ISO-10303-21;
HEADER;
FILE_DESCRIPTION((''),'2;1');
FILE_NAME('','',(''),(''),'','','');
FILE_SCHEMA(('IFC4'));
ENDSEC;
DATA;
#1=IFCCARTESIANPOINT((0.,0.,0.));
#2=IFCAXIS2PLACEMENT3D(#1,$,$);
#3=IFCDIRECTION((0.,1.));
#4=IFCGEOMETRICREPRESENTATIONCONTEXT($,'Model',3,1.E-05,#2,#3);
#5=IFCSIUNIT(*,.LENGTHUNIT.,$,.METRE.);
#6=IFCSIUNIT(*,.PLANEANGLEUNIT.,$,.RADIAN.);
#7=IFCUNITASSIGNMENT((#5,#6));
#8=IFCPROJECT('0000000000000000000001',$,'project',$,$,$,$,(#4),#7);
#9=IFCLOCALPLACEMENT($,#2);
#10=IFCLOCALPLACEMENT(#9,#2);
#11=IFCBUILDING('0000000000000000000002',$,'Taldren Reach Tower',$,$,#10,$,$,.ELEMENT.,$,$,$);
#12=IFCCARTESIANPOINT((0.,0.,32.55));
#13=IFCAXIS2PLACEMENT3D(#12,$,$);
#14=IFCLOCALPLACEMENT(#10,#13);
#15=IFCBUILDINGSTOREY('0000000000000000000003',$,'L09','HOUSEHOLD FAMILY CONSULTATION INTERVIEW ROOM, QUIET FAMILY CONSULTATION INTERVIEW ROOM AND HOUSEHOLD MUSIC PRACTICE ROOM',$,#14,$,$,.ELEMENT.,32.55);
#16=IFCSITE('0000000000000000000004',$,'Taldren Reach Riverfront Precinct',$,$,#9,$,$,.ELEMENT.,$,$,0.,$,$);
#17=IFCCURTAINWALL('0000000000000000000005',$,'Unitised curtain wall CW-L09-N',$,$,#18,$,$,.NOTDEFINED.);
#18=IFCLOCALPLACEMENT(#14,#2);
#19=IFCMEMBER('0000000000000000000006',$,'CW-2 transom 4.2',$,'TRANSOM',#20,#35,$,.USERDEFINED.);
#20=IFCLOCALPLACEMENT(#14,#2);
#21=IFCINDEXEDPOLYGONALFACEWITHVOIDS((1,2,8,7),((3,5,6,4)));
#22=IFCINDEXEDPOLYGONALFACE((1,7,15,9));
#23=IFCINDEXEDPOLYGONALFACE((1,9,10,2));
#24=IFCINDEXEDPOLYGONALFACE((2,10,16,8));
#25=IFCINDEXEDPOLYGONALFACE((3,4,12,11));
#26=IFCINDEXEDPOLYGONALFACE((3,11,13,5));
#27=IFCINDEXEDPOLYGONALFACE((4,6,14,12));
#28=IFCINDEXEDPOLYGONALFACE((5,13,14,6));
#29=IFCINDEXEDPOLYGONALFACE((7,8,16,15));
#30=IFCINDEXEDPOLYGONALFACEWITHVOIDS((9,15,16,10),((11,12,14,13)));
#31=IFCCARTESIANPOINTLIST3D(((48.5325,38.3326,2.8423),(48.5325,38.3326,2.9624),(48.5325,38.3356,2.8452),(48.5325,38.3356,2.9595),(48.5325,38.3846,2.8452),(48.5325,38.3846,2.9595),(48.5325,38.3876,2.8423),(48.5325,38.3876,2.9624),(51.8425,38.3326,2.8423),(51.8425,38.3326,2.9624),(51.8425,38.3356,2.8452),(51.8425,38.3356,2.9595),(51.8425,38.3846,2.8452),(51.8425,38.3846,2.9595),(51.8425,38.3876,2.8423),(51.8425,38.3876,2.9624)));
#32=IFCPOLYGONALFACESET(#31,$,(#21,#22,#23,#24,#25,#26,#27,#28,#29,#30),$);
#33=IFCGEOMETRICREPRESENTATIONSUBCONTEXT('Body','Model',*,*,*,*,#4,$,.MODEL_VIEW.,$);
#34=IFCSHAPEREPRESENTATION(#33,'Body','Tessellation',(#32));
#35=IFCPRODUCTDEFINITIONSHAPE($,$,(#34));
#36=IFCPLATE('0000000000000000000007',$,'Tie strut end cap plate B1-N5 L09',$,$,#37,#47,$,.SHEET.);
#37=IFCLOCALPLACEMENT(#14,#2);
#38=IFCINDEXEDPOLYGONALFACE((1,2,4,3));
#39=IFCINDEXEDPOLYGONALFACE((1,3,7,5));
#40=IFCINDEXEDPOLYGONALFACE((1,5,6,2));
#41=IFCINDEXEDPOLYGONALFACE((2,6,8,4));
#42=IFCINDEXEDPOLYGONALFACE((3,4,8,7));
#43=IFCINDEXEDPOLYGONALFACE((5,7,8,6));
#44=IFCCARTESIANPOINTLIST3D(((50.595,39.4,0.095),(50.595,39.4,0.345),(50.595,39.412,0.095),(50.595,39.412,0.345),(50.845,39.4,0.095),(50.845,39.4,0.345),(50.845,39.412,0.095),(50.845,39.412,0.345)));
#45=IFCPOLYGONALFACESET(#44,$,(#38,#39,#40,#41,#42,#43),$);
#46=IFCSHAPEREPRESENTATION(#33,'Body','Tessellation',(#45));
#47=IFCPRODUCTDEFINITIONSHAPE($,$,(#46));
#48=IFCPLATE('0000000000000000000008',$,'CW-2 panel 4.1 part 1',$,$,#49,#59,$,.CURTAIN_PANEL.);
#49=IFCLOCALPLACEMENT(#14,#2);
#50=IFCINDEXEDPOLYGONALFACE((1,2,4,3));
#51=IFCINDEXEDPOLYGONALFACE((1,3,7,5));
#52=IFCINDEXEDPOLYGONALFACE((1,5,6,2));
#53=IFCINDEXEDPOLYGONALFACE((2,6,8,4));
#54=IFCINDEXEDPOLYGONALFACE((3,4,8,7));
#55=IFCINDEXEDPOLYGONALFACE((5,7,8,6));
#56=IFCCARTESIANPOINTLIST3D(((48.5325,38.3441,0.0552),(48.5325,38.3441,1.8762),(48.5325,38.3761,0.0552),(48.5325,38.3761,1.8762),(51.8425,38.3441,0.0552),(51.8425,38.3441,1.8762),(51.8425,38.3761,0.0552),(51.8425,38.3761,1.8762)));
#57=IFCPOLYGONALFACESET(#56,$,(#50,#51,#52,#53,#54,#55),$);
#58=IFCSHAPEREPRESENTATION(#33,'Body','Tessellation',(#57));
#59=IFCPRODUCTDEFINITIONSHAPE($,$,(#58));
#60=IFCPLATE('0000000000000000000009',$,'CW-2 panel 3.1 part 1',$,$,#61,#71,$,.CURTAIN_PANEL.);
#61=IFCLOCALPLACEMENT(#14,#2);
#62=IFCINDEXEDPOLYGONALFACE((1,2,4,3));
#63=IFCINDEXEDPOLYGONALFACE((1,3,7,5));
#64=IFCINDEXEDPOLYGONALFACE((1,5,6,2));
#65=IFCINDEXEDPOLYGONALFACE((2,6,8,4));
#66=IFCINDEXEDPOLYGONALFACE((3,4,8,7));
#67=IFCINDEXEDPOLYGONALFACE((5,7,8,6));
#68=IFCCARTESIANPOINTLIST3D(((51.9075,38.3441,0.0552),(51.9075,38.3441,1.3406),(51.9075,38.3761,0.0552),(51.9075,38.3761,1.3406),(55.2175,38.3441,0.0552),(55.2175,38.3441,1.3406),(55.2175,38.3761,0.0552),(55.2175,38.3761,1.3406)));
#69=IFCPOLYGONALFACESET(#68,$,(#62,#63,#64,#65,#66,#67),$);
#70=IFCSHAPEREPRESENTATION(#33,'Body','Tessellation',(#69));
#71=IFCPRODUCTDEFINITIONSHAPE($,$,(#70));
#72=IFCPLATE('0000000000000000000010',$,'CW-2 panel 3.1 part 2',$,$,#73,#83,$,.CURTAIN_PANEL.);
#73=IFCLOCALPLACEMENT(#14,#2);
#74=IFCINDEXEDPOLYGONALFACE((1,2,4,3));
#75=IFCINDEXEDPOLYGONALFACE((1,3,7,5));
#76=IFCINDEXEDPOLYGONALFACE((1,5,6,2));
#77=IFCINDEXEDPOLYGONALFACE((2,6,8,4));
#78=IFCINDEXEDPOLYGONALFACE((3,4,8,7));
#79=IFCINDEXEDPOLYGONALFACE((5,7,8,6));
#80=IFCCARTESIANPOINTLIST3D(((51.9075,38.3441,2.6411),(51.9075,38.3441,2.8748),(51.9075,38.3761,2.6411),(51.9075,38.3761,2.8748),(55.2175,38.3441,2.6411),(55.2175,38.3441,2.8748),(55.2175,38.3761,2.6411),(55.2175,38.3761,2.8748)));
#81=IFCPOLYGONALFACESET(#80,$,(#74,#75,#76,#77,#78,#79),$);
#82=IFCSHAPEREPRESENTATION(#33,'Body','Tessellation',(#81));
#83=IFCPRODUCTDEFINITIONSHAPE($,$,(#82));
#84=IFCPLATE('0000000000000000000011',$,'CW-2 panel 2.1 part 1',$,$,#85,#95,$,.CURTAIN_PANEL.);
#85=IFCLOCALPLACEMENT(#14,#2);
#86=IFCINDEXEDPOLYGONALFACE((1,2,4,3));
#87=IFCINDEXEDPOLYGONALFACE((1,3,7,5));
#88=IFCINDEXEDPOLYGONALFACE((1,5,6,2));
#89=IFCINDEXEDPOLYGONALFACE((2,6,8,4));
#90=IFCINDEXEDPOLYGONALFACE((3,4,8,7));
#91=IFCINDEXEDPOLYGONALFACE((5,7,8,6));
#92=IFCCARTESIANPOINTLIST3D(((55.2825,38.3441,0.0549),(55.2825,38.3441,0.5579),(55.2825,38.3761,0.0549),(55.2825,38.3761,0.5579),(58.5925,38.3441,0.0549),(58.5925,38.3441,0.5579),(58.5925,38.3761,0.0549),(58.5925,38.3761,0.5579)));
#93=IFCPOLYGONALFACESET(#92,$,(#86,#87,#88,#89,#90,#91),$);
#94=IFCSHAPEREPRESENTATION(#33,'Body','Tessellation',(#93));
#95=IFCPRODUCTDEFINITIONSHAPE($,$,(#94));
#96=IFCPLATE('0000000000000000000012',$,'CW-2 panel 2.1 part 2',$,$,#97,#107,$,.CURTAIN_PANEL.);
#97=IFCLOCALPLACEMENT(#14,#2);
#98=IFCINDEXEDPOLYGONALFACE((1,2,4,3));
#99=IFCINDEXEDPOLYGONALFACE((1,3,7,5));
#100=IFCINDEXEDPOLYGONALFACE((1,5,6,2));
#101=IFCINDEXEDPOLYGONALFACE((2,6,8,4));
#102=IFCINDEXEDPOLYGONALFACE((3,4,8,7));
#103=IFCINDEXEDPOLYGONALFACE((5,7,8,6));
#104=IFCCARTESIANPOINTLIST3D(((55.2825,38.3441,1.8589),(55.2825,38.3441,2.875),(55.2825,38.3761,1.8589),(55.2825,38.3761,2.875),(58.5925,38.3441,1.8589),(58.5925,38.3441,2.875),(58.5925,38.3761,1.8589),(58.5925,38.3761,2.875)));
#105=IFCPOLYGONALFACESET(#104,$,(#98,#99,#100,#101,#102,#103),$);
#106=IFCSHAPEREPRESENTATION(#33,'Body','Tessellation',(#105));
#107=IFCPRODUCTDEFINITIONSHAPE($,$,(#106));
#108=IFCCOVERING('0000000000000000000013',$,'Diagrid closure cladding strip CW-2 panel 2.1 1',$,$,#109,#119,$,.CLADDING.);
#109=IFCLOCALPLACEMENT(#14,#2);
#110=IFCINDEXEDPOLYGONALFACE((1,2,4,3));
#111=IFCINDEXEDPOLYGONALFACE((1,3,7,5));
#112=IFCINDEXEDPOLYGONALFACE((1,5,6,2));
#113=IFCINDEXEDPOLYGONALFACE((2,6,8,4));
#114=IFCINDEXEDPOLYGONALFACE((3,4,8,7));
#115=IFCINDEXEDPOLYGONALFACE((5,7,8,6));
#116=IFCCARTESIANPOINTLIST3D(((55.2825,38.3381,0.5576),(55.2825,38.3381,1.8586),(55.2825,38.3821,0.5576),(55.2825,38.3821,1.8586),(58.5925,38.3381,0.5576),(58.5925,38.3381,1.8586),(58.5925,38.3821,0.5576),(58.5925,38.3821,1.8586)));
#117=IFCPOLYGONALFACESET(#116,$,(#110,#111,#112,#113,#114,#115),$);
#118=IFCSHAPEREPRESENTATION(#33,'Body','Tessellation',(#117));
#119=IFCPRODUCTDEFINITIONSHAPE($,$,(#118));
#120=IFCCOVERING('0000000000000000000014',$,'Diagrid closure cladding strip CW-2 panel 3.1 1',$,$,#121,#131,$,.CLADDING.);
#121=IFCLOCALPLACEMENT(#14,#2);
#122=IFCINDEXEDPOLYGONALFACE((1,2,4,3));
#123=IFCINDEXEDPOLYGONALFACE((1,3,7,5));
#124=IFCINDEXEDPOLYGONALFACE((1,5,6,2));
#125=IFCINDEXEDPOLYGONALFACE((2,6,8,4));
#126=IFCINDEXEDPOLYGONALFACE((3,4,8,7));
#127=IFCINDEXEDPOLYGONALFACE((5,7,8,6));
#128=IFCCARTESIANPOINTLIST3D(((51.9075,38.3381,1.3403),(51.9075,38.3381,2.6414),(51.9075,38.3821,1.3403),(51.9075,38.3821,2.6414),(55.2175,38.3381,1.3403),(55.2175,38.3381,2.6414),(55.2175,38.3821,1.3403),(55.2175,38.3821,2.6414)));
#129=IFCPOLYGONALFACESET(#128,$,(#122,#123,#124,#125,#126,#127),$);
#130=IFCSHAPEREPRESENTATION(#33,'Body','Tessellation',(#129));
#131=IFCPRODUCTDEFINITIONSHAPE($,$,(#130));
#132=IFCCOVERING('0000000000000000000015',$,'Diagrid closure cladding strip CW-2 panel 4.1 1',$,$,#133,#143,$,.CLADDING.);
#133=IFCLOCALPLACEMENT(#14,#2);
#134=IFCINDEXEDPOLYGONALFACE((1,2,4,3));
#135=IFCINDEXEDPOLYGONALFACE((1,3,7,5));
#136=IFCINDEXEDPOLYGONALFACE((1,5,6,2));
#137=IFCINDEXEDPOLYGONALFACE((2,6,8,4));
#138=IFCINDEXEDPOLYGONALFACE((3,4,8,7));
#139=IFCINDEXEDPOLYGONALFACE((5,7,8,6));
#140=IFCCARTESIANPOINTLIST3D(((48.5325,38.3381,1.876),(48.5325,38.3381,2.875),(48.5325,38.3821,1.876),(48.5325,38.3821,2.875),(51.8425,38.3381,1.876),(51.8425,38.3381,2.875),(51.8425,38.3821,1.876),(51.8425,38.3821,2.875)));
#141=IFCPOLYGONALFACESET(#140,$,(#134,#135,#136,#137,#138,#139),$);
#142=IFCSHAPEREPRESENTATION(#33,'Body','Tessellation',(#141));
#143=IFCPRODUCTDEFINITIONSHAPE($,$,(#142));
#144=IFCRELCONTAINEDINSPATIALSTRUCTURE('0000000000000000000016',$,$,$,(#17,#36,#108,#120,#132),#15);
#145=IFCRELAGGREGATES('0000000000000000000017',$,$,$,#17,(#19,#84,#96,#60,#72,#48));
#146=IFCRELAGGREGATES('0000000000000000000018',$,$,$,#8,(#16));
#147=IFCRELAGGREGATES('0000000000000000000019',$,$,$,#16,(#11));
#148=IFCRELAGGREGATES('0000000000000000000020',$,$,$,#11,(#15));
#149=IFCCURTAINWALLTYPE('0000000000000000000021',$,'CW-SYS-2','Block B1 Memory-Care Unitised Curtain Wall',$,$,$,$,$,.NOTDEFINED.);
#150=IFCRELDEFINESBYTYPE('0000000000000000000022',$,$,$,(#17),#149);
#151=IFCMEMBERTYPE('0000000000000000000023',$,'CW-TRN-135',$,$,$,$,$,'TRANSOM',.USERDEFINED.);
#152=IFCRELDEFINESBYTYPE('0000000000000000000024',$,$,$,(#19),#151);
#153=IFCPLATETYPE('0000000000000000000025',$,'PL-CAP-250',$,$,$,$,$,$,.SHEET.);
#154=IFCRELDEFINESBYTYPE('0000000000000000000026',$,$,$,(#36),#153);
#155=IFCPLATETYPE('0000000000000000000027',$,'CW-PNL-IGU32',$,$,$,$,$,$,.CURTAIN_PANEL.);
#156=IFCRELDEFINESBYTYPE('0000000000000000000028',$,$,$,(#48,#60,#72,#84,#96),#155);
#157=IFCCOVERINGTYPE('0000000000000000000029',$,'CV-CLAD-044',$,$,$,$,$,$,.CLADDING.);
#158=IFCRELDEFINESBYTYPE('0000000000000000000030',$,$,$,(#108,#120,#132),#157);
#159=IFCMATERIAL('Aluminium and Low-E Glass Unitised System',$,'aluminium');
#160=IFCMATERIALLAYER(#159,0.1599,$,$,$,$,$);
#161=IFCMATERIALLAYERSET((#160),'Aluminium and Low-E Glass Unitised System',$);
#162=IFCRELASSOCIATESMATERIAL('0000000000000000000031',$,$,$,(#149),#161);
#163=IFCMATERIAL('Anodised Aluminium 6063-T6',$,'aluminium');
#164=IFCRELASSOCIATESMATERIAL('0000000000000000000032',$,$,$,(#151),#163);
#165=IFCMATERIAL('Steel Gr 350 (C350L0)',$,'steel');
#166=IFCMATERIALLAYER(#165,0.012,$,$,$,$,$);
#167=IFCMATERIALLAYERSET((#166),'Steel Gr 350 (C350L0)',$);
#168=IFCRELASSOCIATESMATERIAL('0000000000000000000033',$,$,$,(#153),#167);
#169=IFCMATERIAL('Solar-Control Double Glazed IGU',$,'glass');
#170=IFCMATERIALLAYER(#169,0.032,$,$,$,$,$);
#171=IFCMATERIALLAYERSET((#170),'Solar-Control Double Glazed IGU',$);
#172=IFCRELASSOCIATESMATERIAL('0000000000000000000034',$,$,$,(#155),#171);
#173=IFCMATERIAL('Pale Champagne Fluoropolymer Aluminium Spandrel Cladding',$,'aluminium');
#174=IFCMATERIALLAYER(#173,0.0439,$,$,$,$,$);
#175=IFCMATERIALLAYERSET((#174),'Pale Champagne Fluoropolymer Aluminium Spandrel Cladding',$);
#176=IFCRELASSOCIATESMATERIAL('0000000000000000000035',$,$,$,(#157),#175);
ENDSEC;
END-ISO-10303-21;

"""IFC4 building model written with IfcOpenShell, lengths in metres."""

from ifc_helpers import new_model, si_unit, direction, frame, origin, origin_2d, place, context, subcontext, project, spatial, rectangle, hollow_rectangle, extrude, source, transform, mapped, material, layer, layer_set, material_profile, profile_set, type_object, element, aggregate, save


model = new_model("IFC4")

# Units and contexts
model_context = context("Model", 3, precision=1e-05, world=origin(), true_north=direction((0.0, 1.0)))
body_context = subcontext(model_context, "Body", "Model", "MODEL_VIEW")
ifc_project = project(units=[si_unit("LENGTHUNIT", "METRE"), si_unit("PLANEANGLEUNIT", "RADIAN")], contexts=[model_context])

# Site, building, storey
site_placement = place(None, origin())
site = spatial("IfcSite", under=ifc_project, at=site_placement, Name="Taldren Reach Riverfront Precinct", CompositionType="ELEMENT", RefElevation=0.0)
building_placement = place(site_placement, origin())
building = spatial("IfcBuilding", under=site, at=building_placement, Name="Taldren Reach Tower", CompositionType="ELEMENT")
storey_placement = place(building_placement, frame((0.0, 0.0, 32.55)))
storey = spatial("IfcBuildingStorey", under=building, at=storey_placement, Name="L09", Description="HOUSEHOLD FAMILY CONSULTATION INTERVIEW ROOM, QUIET FAMILY CONSULTATION INTERVIEW ROOM AND HOUSEHOLD MUSIC PRACTICE ROOM", CompositionType="ELEMENT", Elevation=32.55)

# Shared definitions
ifc_material_1 = material(Name="Steel Gr 350 (C350L0)", Category="steel")

# Curtain wall, member
ifc_material_2 = material(Name="Aluminium and Low-E Glass Unitised System", Category="aluminium")
ifc_layer_1 = layer(ifc_material_2, 0.1599)
ifc_layer_set_1 = layer_set([ifc_layer_1], Name="Aluminium and Low-E Glass Unitised System")
curtain_wall_type = type_object("IfcCurtainWallType", Name="CW-SYS-2", Description="Block B1 Memory-Care Unitised Curtain Wall", PredefinedType="NOTDEFINED", material=ifc_layer_set_1)
curtain_wall_placement = place(storey_placement, origin())
curtain_wall = element("IfcCurtainWall", 1, at=curtain_wall_placement, inside=storey, type_object=curtain_wall_type, Name="Unitised curtain wall CW-L09-N", PredefinedType="NOTDEFINED")
ifc_material_3 = material(Name="Anodised Aluminium 6063-T6", Category="aluminium")
ifc_material_profile_1 = material_profile(ifc_material_3, hollow_rectangle(XDim=0.0549, YDim=0.1201, WallThickness=0.0029, at=origin_2d()), Name="ALU-120x55x3RHS")
ifc_profile_set_1 = profile_set([ifc_material_profile_1], Name="Anodised Aluminium 6063-T6")
member_type_1 = type_object("IfcMemberType", Name="CW-TRN-135", ElementType="TRANSOM", PredefinedType="USERDEFINED", material=ifc_profile_set_1)
shared_shape_1 = source(origin(), body_context, "Body", "SweptSolid", [
    extrude(hollow_rectangle(XDim=0.0549, YDim=0.1201, WallThickness=0.0029, at=origin_2d()), origin(), (0.0, 0.0, 1.0), 3.3101),
])
member_1_placement = place(storey_placement, frame((51.8425, 38.3601, 2.9023), z_axis=(-1.0, 0.0, 0.0), x_axis=(0.0, -1.0, 0.0)))
member_1 = element("IfcMember", 2, at=member_1_placement, type_object=member_type_1, Name="CW-2 transom 4.2", ObjectType="TRANSOM", PredefinedType="USERDEFINED", context=body_context, shape_type="MappedRepresentation", body=[
    mapped(shared_shape_1, transform((0.0, 0.0, 0.0), scale=1.0)),
])

# Plates
ifc_layer_2 = layer(ifc_material_1, 0.012)
ifc_layer_set_2 = layer_set([ifc_layer_2], Name="Steel Gr 350 (C350L0)")
plate_type_1 = type_object("IfcPlateType", Name="PL-CAP-250", PredefinedType="SHEET", material=ifc_layer_set_2)
shared_shape_2 = source(origin(), body_context, "Body", "SweptSolid", [
    extrude(rectangle(XDim=0.25, YDim=0.012, at=origin_2d()), origin(), (0.0, 0.0, 1.0), 0.25),
])
plate_1_placement = place(storey_placement, frame((50.72, 39.406, 0.095), z_axis=(0.0, 0.0, 1.0), x_axis=(1.0, 0.0, 0.0)))
element("IfcPlate", 3, at=plate_1_placement, inside=storey, type_object=plate_type_1, Name="Tie strut end cap plate B1-N5 L09", PredefinedType="SHEET", context=body_context, shape_type="MappedRepresentation", body=[
    mapped(shared_shape_2, transform((0.0, 0.0, 0.0), scale=1.0)),
])
ifc_material_4 = material(Name="Solar-Control Double Glazed IGU", Category="glass")
ifc_layer_3 = layer(ifc_material_4, 0.032)
ifc_layer_set_3 = layer_set([ifc_layer_3], Name="Solar-Control Double Glazed IGU")
plate_type_2 = type_object("IfcPlateType", Name="CW-PNL-IGU32", PredefinedType="CURTAIN_PANEL", material=ifc_layer_set_3)
shared_shape_3 = source(origin(), body_context, "Body", "SweptSolid", [
    extrude(rectangle(XDim=3.3101, YDim=0.032, at=origin_2d()), origin(), (0.0, 0.0, 1.0), 1.821),
])
plate_2_placement = place(storey_placement, frame((50.1875, 38.3601, 0.0552), z_axis=(0.0, 0.0, 1.0), x_axis=(-1.0, 0.0, 0.0)))
plate_2 = element("IfcPlate", 4, at=plate_2_placement, type_object=plate_type_2, Name="CW-2 panel 4.1 part 1", PredefinedType="CURTAIN_PANEL", context=body_context, shape_type="MappedRepresentation", body=[
    mapped(shared_shape_3, transform((0.0, 0.0, 0.0), scale=1.0)),
])
shared_shape_4 = source(origin(), body_context, "Body", "SweptSolid", [
    extrude(rectangle(XDim=3.3101, YDim=0.032, at=origin_2d()), origin(), (0.0, 0.0, 1.0), 1.2854),
])
plate_3_placement = place(storey_placement, frame((53.5625, 38.3601, 0.0552), z_axis=(0.0, 0.0, 1.0), x_axis=(-1.0, 0.0, 0.0)))
plate_3 = element("IfcPlate", 5, at=plate_3_placement, type_object=plate_type_2, Name="CW-2 panel 3.1 part 1", PredefinedType="CURTAIN_PANEL", context=body_context, shape_type="MappedRepresentation", body=[
    mapped(shared_shape_4, transform((0.0, 0.0, 0.0), scale=1.0)),
])
shared_shape_5 = source(origin(), body_context, "Body", "SweptSolid", [
    extrude(rectangle(XDim=3.3101, YDim=0.032, at=origin_2d()), origin(), (0.0, 0.0, 1.0), 0.2336),
])
plate_4_placement = place(storey_placement, frame((53.5625, 38.3601, 2.6411), z_axis=(0.0, 0.0, 1.0), x_axis=(-1.0, 0.0, 0.0)))
plate_4 = element("IfcPlate", 6, at=plate_4_placement, type_object=plate_type_2, Name="CW-2 panel 3.1 part 2", PredefinedType="CURTAIN_PANEL", context=body_context, shape_type="MappedRepresentation", body=[
    mapped(shared_shape_5, transform((0.0, 0.0, 0.0), scale=1.0)),
])
shared_shape_6 = source(origin(), body_context, "Body", "SweptSolid", [
    extrude(rectangle(XDim=3.3101, YDim=0.032, at=origin_2d()), origin(), (0.0, 0.0, 1.0), 0.5029),
])
plate_5_placement = place(storey_placement, frame((56.9375, 38.3601, 0.0549), z_axis=(0.0, 0.0, 1.0), x_axis=(-1.0, 0.0, 0.0)))
plate_5 = element("IfcPlate", 7, at=plate_5_placement, type_object=plate_type_2, Name="CW-2 panel 2.1 part 1", PredefinedType="CURTAIN_PANEL", context=body_context, shape_type="MappedRepresentation", body=[
    mapped(shared_shape_6, transform((0.0, 0.0, 0.0), scale=1.0)),
])
shared_shape_7 = source(origin(), body_context, "Body", "SweptSolid", [
    extrude(rectangle(XDim=3.3101, YDim=0.032, at=origin_2d()), origin(), (0.0, 0.0, 1.0), 1.0161),
])
plate_6_placement = place(storey_placement, frame((56.9375, 38.3601, 1.8589), z_axis=(0.0, 0.0, 1.0), x_axis=(-1.0, 0.0, 0.0)))
plate_6 = element("IfcPlate", 8, at=plate_6_placement, type_object=plate_type_2, Name="CW-2 panel 2.1 part 2", PredefinedType="CURTAIN_PANEL", context=body_context, shape_type="MappedRepresentation", body=[
    mapped(shared_shape_7, transform((0.0, 0.0, 0.0), scale=1.0)),
])
aggregate(curtain_wall, [member_1, plate_5, plate_6, plate_3, plate_4, plate_2])

# Coverings
ifc_material_5 = material(Name="Pale Champagne Fluoropolymer Aluminium Spandrel Cladding", Category="aluminium")
ifc_layer_4 = layer(ifc_material_5, 0.0439)
ifc_layer_set_4 = layer_set([ifc_layer_4], Name="Pale Champagne Fluoropolymer Aluminium Spandrel Cladding")
covering_type = type_object("IfcCoveringType", Name="CV-CLAD-044", PredefinedType="CLADDING", material=ifc_layer_set_4)
shared_shape_8 = source(origin(), body_context, "Body", "SweptSolid", [
    extrude(rectangle(XDim=3.3101, YDim=0.0439, at=origin_2d()), origin(), (0.0, 0.0, 1.0), 1.301),
])
for number, where, z_axis, x_axis, name in (
    (9, (56.9375, 38.3601, 0.5576), (0.0, 0.0, 1.0), (-1.0, 0.0, 0.0), "Diagrid closure cladding strip CW-2 panel 2.1 1"),
    (10, (53.5625, 38.3601, 1.3403), (0.0, 0.0, 1.0), (-1.0, 0.0, 0.0), "Diagrid closure cladding strip CW-2 panel 3.1 1"),
):
    element("IfcCovering", number, at=place(storey_placement, frame(where, z_axis=z_axis, x_axis=x_axis)), inside=storey, type_object=covering_type, Name=name, PredefinedType="CLADDING", context=body_context, shape_type="MappedRepresentation", body=[
        mapped(shared_shape_8, transform((0.0, 0.0, 0.0), scale=1.0)),
    ])
shared_shape_9 = source(origin(), body_context, "Body", "SweptSolid", [
    extrude(rectangle(XDim=3.3101, YDim=0.0439, at=origin_2d()), origin(), (0.0, 0.0, 1.0), 0.999),
])
covering_placement = place(storey_placement, frame((50.1875, 38.3601, 1.876), z_axis=(0.0, 0.0, 1.0), x_axis=(-1.0, 0.0, 0.0)))
element("IfcCovering", 11, at=covering_placement, inside=storey, type_object=covering_type, Name="Diagrid closure cladding strip CW-2 panel 4.1 1", PredefinedType="CLADDING", context=body_context, shape_type="MappedRepresentation", body=[
    mapped(shared_shape_9, transform((0.0, 0.0, 0.0), scale=1.0)),
])

save(model, "model.ifc")
